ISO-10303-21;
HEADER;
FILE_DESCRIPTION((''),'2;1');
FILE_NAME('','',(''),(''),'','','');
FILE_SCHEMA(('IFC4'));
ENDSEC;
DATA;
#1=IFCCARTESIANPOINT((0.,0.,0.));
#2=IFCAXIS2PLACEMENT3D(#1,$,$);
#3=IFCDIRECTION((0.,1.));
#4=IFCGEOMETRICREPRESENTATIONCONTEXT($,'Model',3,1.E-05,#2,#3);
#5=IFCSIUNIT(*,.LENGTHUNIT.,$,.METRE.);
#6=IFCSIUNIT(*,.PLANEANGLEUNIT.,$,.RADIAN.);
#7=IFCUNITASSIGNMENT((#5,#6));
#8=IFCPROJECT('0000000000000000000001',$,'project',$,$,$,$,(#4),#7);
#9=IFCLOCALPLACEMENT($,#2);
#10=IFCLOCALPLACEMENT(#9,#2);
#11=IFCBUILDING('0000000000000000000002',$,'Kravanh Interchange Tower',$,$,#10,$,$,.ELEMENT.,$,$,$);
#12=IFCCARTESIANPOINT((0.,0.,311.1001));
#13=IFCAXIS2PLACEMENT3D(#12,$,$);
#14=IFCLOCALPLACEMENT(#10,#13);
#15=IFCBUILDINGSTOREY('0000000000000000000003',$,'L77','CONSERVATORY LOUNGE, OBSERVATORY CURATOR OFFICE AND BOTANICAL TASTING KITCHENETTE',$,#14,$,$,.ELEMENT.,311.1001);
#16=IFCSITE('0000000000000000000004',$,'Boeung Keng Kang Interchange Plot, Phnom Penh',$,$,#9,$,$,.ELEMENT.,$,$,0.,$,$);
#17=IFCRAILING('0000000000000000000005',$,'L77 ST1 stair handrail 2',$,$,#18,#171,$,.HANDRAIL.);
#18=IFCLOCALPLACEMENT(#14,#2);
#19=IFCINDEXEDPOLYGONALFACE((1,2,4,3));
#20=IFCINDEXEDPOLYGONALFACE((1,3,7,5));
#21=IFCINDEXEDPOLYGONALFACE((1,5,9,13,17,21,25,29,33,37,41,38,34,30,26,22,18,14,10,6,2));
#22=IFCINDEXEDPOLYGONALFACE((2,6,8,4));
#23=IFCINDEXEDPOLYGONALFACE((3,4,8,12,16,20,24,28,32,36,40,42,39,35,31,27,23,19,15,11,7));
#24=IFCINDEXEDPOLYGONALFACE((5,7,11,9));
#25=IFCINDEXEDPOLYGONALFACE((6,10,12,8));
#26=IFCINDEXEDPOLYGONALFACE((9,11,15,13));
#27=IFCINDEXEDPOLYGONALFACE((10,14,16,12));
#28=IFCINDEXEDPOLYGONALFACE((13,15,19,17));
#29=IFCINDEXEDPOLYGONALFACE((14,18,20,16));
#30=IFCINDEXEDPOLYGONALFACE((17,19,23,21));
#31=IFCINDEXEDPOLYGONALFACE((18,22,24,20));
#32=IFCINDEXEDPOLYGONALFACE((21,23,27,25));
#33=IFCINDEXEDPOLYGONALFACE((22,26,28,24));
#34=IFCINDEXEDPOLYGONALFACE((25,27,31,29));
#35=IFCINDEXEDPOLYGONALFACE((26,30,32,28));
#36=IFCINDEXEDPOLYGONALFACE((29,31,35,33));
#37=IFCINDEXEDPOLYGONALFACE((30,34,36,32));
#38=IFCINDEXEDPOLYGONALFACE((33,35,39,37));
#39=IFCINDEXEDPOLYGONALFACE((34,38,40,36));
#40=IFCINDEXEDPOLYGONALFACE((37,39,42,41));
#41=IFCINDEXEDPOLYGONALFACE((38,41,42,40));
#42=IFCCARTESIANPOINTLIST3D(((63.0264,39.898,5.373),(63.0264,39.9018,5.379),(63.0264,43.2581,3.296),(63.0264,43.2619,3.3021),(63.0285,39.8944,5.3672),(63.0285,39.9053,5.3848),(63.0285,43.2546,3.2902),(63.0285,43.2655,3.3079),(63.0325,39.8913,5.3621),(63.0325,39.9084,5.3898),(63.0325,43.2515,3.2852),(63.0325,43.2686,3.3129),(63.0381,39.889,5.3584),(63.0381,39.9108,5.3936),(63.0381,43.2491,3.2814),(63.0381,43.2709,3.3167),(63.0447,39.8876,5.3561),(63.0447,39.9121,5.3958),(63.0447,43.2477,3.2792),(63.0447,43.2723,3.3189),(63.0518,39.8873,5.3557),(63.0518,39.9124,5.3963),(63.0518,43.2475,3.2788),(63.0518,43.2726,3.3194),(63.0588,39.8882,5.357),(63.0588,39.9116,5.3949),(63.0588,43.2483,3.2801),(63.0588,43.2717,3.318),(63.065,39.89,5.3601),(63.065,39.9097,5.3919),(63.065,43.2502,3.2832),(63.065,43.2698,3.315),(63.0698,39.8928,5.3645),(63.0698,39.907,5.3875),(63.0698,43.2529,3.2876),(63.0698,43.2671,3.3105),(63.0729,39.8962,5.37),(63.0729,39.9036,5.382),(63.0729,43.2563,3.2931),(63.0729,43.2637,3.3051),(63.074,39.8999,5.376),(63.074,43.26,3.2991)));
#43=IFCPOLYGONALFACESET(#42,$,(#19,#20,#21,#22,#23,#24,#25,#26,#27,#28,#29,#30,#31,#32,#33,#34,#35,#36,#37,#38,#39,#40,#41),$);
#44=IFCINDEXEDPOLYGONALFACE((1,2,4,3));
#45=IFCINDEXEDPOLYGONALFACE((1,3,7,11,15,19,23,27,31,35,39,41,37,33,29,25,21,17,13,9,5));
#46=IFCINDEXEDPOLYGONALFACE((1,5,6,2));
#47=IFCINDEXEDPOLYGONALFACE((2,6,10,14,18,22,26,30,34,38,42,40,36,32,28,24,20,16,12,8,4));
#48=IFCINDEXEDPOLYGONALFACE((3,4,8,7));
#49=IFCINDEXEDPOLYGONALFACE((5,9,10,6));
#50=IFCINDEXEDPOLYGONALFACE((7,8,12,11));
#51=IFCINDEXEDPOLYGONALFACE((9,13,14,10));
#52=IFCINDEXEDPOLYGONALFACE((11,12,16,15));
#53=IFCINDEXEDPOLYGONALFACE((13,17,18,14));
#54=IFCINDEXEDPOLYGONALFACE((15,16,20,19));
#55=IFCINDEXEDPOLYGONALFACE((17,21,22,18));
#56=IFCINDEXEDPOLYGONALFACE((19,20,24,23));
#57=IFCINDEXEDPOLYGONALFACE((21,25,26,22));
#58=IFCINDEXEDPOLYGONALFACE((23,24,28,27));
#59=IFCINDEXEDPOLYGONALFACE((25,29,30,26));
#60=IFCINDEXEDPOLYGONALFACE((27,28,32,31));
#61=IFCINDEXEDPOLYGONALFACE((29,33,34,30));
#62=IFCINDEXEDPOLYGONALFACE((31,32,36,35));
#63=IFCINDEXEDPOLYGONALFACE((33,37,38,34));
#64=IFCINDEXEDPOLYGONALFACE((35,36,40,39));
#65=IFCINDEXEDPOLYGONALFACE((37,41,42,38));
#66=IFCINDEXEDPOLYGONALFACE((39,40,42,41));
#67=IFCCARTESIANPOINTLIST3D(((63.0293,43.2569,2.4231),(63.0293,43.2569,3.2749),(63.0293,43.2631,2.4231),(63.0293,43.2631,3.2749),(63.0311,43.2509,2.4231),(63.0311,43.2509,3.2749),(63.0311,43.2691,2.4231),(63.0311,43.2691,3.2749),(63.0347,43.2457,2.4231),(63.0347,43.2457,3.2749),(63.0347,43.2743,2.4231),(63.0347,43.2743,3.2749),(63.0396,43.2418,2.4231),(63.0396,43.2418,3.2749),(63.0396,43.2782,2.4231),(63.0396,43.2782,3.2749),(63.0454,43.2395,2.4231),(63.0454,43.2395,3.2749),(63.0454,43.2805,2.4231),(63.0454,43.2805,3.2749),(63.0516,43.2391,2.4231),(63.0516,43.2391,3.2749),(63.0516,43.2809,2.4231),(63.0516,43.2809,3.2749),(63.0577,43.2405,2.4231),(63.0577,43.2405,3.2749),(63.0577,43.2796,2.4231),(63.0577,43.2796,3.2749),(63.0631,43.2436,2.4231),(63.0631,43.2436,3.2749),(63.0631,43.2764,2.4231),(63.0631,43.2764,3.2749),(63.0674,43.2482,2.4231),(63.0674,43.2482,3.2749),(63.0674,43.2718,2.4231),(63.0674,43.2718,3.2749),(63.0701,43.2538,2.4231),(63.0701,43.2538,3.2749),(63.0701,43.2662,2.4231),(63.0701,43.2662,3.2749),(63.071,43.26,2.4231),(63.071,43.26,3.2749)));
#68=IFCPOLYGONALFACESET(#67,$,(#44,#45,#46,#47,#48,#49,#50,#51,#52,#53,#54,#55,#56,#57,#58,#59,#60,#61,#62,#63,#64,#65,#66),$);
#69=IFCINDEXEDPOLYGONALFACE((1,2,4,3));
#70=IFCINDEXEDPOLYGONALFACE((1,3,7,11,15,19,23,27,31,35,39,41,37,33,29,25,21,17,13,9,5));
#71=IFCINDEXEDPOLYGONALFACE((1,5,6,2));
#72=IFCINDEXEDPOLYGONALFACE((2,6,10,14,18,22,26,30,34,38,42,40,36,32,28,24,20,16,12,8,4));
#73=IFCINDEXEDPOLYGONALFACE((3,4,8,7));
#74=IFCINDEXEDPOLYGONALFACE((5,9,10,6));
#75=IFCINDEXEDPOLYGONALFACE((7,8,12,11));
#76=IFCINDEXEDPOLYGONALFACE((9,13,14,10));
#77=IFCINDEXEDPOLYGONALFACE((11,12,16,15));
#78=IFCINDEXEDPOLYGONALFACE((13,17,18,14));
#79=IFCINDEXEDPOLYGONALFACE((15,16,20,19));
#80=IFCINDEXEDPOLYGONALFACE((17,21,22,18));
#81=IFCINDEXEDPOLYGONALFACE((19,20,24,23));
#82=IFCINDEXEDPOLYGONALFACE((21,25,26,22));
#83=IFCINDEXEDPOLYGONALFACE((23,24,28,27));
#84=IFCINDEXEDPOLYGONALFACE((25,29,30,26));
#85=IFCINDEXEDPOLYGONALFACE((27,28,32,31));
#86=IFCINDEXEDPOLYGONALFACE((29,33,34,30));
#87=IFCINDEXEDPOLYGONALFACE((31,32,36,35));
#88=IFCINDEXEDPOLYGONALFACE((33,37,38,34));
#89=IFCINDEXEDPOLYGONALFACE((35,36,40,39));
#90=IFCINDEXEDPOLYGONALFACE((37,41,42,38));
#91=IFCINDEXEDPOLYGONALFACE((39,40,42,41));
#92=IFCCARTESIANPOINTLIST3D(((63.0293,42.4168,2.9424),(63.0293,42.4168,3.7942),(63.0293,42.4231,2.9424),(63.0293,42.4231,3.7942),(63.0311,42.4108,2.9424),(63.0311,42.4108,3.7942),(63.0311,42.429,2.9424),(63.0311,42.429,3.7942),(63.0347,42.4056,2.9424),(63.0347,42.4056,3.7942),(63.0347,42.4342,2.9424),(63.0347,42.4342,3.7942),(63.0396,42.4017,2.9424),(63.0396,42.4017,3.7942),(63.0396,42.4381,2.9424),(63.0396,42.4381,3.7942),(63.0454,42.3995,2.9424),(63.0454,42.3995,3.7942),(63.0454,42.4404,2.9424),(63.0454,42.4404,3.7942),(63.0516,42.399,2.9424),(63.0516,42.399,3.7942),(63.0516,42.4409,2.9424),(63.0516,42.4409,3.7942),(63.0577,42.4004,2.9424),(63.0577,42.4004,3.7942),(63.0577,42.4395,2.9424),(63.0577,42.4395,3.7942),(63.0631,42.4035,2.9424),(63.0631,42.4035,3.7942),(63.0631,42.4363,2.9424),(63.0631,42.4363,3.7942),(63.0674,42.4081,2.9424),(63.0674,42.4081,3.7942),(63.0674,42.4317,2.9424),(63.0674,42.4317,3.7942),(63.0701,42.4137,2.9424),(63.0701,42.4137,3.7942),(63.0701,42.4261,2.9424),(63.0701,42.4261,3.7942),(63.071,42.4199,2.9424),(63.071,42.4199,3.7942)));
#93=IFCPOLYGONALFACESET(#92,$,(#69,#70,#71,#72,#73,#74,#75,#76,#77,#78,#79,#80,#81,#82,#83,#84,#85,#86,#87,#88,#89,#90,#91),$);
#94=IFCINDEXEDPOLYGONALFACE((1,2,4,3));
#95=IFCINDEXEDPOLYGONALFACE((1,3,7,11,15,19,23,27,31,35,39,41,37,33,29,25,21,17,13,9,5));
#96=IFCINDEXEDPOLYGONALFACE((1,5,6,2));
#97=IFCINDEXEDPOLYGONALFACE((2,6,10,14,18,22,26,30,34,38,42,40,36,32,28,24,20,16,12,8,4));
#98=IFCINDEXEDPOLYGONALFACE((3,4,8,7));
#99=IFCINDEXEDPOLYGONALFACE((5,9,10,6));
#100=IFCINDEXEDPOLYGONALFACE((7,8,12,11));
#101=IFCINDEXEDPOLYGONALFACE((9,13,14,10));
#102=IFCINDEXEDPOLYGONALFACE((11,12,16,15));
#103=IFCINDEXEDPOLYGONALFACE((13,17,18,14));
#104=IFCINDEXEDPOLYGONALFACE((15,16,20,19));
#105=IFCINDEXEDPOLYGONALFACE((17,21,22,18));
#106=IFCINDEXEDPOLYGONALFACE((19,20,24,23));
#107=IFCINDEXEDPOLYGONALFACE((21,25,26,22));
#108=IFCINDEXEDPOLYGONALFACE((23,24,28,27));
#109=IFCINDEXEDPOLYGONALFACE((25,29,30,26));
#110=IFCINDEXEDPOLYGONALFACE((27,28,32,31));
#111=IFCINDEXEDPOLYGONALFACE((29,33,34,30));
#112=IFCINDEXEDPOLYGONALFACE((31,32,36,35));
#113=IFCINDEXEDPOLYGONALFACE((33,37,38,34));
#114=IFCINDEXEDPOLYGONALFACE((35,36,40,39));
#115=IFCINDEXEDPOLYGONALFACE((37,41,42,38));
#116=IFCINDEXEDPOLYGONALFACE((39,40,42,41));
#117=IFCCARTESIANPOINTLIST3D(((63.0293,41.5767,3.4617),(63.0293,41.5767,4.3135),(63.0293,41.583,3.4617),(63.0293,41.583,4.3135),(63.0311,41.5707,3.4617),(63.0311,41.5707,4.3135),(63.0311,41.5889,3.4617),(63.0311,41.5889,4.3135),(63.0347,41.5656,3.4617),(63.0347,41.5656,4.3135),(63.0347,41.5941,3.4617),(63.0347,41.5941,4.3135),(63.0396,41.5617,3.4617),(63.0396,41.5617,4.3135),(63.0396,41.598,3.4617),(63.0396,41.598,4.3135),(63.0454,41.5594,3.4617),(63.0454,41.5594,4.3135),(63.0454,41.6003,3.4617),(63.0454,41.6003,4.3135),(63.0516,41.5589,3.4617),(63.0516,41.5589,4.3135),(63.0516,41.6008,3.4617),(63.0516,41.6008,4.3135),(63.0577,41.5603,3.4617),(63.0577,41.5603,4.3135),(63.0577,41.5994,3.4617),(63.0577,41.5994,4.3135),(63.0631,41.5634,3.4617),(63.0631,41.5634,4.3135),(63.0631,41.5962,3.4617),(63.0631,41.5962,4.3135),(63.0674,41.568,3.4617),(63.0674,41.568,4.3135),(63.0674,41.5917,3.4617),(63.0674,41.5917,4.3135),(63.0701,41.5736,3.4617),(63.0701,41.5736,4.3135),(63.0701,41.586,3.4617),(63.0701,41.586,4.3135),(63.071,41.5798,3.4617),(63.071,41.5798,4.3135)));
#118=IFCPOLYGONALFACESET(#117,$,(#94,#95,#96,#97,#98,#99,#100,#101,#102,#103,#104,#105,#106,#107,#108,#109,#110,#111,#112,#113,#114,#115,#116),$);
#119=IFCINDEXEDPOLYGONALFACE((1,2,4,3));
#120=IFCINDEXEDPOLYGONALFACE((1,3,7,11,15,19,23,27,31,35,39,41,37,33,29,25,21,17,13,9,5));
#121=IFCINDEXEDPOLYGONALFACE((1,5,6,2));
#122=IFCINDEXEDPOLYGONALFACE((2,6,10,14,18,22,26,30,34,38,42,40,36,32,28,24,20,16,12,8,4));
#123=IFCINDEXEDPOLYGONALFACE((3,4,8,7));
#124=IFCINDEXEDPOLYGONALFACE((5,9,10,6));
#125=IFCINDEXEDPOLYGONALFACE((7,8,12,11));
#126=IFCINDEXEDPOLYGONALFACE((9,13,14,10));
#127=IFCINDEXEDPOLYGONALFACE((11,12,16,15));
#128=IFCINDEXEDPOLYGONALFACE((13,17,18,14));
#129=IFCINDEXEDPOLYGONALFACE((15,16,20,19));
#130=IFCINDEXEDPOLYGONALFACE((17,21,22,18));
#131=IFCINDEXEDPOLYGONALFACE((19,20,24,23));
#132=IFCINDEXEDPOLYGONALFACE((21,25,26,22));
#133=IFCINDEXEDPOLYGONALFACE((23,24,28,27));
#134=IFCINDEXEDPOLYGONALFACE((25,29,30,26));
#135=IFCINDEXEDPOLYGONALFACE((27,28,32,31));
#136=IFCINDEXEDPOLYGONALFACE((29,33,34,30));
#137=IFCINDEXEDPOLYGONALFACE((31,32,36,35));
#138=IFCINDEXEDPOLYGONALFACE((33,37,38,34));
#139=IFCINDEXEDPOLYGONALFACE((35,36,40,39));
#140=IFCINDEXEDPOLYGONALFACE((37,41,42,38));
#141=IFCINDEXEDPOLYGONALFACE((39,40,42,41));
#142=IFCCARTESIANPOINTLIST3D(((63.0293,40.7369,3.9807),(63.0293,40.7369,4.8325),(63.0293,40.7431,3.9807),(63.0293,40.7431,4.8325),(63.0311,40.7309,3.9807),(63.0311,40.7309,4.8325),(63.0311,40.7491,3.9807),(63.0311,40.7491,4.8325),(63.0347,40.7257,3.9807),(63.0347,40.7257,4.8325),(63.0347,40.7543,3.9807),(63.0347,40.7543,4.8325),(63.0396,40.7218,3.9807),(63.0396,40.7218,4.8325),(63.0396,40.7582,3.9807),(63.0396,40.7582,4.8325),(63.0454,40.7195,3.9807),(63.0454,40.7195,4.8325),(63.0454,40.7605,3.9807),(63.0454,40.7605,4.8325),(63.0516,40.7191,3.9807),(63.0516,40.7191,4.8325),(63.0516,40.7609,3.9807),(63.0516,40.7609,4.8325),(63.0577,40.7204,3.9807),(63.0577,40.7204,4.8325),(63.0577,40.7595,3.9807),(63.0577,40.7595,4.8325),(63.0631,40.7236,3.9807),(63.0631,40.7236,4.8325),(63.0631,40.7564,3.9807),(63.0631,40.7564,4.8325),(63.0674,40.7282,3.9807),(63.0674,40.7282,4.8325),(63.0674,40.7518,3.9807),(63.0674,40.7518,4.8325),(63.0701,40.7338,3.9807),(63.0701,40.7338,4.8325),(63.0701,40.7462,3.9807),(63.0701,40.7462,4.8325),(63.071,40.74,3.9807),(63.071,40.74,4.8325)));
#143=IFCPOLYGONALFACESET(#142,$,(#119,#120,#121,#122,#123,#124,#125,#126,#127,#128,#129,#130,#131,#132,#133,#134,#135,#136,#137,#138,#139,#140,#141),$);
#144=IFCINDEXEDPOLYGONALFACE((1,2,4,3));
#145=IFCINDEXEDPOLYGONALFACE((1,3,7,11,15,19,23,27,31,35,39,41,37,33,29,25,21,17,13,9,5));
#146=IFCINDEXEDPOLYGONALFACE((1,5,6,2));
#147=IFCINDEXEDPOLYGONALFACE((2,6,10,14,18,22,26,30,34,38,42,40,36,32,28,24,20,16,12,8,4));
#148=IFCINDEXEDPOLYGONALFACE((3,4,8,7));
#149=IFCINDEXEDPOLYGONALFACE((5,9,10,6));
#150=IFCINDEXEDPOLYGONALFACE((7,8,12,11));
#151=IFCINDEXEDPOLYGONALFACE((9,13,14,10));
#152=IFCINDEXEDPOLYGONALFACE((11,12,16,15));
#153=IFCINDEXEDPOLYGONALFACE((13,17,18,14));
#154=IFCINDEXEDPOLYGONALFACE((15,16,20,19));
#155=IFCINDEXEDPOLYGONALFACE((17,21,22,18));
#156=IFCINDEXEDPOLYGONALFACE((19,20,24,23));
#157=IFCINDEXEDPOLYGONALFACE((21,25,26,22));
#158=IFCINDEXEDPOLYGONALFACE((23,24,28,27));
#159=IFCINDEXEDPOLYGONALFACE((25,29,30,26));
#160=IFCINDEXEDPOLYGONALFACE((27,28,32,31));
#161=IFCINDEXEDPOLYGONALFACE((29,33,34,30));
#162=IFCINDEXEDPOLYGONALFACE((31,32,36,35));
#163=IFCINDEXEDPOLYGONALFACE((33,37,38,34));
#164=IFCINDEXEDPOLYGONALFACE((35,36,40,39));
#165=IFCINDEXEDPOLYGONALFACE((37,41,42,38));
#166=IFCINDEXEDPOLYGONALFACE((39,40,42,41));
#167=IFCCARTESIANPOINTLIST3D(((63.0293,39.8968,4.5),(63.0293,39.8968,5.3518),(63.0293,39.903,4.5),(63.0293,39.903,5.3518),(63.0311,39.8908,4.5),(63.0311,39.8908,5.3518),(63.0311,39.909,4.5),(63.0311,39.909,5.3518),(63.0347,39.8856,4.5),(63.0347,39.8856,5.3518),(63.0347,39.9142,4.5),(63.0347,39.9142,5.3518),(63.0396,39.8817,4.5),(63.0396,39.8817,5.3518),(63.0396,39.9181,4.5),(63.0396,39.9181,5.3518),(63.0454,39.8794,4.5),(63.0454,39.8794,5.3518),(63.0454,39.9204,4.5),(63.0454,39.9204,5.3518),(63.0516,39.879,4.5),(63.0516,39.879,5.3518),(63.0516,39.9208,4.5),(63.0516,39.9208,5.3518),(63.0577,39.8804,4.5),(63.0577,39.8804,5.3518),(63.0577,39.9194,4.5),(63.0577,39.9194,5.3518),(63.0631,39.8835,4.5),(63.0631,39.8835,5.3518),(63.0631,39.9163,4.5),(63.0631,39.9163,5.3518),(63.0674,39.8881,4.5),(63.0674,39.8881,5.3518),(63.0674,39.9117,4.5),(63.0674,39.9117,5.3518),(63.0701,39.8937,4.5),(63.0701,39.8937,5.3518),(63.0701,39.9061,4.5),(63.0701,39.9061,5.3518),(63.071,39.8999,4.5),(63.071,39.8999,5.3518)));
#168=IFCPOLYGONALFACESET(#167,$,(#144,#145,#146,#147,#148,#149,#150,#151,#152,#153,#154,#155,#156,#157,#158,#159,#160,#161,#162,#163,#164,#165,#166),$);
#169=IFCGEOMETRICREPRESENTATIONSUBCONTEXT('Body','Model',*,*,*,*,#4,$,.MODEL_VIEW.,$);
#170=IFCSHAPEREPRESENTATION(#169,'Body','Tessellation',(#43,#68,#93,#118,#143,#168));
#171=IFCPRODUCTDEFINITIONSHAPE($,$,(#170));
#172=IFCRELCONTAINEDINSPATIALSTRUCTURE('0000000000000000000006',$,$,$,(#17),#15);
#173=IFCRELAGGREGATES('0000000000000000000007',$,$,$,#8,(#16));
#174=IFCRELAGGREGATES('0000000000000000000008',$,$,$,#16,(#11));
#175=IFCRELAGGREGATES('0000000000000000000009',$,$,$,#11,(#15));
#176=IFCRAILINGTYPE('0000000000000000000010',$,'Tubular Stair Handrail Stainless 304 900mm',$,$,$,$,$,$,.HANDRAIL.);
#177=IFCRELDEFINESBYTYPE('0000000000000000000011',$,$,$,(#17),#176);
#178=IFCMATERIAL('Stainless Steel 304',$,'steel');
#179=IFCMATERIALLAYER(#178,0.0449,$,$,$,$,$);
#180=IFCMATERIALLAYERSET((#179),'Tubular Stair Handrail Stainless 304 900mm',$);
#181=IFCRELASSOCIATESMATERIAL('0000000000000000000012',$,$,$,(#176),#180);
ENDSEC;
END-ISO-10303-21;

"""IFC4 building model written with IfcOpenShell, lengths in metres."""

from ifc_helpers import new_model, si_unit, direction, frame, origin, origin_2d, place, context, subcontext, project, spatial, circle, extrude, material, layer, layer_set, type_object, element, save


model = new_model("IFC4")

# Units and contexts
model_context = context("Model", 3, precision=1e-05, world=origin(), true_north=direction((0.0, 1.0)))
body_context = subcontext(model_context, "Body", "Model", "MODEL_VIEW")
ifc_project = project(units=[si_unit("LENGTHUNIT", "METRE"), si_unit("PLANEANGLEUNIT", "RADIAN")], contexts=[model_context])

# Site, building, storey
site_placement = place(None, origin())
site = spatial("IfcSite", under=ifc_project, at=site_placement, Name="Boeung Keng Kang Interchange Plot, Phnom Penh", CompositionType="ELEMENT", RefElevation=0.0)
building_placement = place(site_placement, origin())
building = spatial("IfcBuilding", under=site, at=building_placement, Name="Kravanh Interchange Tower", CompositionType="ELEMENT")
storey_placement = place(building_placement, frame((0.0, 0.0, 311.1001)))
storey = spatial("IfcBuildingStorey", under=building, at=storey_placement, Name="L77", Description="CONSERVATORY LOUNGE, OBSERVATORY CURATOR OFFICE AND BOTANICAL TASTING KITCHENETTE", CompositionType="ELEMENT", Elevation=311.1001)

# Railing
ifc_material_1 = material(Name="Stainless Steel 304", Category="steel")
ifc_layer_1 = layer(ifc_material_1, 0.0449)
ifc_layer_set_1 = layer_set([ifc_layer_1], Name="Tubular Stair Handrail Stainless 304 900mm")
railing_type_1 = type_object("IfcRailingType", Name="Tubular Stair Handrail Stainless 304 900mm", PredefinedType="HANDRAIL", material=ifc_layer_set_1)
railing_1_placement = place(storey_placement, frame((63.05, 43.26, 2.4231)))
element("IfcRailing", 1, at=railing_1_placement, inside=storey, type_object=railing_type_1, Name="L77 ST1 stair handrail 2", PredefinedType="HANDRAIL", context=body_context, shape_type="SweptSolid", body=[
    extrude(circle(Radius=0.0239, at=origin_2d()), frame((0.0, 0.0, 0.876), z_axis=(0.0, -0.850623, 0.525776), x_axis=(1.0, 0.0, 0.0)), (0.0, 0.0, 1.0), 3.9502),
    extrude(circle(Radius=0.021, at=origin_2d()), origin(), (0.0, 0.0, 1.0), 0.8518),
    extrude(circle(Radius=0.021, at=origin_2d()), frame((0.0, -0.8401, 0.5193)), (0.0, 0.0, 1.0), 0.8518),
    extrude(circle(Radius=0.021, at=origin_2d()), frame((0.0, -1.6802, 1.0386)), (0.0, 0.0, 1.0), 0.8518),
    extrude(circle(Radius=0.021, at=origin_2d()), frame((0.0, -2.52, 1.5576)), (0.0, 0.0, 1.0), 0.8518),
    extrude(circle(Radius=0.021, at=origin_2d()), frame((0.0, -3.3601, 2.0769)), (0.0, 0.0, 1.0), 0.8518),
])

save(model, "model.ifc")
